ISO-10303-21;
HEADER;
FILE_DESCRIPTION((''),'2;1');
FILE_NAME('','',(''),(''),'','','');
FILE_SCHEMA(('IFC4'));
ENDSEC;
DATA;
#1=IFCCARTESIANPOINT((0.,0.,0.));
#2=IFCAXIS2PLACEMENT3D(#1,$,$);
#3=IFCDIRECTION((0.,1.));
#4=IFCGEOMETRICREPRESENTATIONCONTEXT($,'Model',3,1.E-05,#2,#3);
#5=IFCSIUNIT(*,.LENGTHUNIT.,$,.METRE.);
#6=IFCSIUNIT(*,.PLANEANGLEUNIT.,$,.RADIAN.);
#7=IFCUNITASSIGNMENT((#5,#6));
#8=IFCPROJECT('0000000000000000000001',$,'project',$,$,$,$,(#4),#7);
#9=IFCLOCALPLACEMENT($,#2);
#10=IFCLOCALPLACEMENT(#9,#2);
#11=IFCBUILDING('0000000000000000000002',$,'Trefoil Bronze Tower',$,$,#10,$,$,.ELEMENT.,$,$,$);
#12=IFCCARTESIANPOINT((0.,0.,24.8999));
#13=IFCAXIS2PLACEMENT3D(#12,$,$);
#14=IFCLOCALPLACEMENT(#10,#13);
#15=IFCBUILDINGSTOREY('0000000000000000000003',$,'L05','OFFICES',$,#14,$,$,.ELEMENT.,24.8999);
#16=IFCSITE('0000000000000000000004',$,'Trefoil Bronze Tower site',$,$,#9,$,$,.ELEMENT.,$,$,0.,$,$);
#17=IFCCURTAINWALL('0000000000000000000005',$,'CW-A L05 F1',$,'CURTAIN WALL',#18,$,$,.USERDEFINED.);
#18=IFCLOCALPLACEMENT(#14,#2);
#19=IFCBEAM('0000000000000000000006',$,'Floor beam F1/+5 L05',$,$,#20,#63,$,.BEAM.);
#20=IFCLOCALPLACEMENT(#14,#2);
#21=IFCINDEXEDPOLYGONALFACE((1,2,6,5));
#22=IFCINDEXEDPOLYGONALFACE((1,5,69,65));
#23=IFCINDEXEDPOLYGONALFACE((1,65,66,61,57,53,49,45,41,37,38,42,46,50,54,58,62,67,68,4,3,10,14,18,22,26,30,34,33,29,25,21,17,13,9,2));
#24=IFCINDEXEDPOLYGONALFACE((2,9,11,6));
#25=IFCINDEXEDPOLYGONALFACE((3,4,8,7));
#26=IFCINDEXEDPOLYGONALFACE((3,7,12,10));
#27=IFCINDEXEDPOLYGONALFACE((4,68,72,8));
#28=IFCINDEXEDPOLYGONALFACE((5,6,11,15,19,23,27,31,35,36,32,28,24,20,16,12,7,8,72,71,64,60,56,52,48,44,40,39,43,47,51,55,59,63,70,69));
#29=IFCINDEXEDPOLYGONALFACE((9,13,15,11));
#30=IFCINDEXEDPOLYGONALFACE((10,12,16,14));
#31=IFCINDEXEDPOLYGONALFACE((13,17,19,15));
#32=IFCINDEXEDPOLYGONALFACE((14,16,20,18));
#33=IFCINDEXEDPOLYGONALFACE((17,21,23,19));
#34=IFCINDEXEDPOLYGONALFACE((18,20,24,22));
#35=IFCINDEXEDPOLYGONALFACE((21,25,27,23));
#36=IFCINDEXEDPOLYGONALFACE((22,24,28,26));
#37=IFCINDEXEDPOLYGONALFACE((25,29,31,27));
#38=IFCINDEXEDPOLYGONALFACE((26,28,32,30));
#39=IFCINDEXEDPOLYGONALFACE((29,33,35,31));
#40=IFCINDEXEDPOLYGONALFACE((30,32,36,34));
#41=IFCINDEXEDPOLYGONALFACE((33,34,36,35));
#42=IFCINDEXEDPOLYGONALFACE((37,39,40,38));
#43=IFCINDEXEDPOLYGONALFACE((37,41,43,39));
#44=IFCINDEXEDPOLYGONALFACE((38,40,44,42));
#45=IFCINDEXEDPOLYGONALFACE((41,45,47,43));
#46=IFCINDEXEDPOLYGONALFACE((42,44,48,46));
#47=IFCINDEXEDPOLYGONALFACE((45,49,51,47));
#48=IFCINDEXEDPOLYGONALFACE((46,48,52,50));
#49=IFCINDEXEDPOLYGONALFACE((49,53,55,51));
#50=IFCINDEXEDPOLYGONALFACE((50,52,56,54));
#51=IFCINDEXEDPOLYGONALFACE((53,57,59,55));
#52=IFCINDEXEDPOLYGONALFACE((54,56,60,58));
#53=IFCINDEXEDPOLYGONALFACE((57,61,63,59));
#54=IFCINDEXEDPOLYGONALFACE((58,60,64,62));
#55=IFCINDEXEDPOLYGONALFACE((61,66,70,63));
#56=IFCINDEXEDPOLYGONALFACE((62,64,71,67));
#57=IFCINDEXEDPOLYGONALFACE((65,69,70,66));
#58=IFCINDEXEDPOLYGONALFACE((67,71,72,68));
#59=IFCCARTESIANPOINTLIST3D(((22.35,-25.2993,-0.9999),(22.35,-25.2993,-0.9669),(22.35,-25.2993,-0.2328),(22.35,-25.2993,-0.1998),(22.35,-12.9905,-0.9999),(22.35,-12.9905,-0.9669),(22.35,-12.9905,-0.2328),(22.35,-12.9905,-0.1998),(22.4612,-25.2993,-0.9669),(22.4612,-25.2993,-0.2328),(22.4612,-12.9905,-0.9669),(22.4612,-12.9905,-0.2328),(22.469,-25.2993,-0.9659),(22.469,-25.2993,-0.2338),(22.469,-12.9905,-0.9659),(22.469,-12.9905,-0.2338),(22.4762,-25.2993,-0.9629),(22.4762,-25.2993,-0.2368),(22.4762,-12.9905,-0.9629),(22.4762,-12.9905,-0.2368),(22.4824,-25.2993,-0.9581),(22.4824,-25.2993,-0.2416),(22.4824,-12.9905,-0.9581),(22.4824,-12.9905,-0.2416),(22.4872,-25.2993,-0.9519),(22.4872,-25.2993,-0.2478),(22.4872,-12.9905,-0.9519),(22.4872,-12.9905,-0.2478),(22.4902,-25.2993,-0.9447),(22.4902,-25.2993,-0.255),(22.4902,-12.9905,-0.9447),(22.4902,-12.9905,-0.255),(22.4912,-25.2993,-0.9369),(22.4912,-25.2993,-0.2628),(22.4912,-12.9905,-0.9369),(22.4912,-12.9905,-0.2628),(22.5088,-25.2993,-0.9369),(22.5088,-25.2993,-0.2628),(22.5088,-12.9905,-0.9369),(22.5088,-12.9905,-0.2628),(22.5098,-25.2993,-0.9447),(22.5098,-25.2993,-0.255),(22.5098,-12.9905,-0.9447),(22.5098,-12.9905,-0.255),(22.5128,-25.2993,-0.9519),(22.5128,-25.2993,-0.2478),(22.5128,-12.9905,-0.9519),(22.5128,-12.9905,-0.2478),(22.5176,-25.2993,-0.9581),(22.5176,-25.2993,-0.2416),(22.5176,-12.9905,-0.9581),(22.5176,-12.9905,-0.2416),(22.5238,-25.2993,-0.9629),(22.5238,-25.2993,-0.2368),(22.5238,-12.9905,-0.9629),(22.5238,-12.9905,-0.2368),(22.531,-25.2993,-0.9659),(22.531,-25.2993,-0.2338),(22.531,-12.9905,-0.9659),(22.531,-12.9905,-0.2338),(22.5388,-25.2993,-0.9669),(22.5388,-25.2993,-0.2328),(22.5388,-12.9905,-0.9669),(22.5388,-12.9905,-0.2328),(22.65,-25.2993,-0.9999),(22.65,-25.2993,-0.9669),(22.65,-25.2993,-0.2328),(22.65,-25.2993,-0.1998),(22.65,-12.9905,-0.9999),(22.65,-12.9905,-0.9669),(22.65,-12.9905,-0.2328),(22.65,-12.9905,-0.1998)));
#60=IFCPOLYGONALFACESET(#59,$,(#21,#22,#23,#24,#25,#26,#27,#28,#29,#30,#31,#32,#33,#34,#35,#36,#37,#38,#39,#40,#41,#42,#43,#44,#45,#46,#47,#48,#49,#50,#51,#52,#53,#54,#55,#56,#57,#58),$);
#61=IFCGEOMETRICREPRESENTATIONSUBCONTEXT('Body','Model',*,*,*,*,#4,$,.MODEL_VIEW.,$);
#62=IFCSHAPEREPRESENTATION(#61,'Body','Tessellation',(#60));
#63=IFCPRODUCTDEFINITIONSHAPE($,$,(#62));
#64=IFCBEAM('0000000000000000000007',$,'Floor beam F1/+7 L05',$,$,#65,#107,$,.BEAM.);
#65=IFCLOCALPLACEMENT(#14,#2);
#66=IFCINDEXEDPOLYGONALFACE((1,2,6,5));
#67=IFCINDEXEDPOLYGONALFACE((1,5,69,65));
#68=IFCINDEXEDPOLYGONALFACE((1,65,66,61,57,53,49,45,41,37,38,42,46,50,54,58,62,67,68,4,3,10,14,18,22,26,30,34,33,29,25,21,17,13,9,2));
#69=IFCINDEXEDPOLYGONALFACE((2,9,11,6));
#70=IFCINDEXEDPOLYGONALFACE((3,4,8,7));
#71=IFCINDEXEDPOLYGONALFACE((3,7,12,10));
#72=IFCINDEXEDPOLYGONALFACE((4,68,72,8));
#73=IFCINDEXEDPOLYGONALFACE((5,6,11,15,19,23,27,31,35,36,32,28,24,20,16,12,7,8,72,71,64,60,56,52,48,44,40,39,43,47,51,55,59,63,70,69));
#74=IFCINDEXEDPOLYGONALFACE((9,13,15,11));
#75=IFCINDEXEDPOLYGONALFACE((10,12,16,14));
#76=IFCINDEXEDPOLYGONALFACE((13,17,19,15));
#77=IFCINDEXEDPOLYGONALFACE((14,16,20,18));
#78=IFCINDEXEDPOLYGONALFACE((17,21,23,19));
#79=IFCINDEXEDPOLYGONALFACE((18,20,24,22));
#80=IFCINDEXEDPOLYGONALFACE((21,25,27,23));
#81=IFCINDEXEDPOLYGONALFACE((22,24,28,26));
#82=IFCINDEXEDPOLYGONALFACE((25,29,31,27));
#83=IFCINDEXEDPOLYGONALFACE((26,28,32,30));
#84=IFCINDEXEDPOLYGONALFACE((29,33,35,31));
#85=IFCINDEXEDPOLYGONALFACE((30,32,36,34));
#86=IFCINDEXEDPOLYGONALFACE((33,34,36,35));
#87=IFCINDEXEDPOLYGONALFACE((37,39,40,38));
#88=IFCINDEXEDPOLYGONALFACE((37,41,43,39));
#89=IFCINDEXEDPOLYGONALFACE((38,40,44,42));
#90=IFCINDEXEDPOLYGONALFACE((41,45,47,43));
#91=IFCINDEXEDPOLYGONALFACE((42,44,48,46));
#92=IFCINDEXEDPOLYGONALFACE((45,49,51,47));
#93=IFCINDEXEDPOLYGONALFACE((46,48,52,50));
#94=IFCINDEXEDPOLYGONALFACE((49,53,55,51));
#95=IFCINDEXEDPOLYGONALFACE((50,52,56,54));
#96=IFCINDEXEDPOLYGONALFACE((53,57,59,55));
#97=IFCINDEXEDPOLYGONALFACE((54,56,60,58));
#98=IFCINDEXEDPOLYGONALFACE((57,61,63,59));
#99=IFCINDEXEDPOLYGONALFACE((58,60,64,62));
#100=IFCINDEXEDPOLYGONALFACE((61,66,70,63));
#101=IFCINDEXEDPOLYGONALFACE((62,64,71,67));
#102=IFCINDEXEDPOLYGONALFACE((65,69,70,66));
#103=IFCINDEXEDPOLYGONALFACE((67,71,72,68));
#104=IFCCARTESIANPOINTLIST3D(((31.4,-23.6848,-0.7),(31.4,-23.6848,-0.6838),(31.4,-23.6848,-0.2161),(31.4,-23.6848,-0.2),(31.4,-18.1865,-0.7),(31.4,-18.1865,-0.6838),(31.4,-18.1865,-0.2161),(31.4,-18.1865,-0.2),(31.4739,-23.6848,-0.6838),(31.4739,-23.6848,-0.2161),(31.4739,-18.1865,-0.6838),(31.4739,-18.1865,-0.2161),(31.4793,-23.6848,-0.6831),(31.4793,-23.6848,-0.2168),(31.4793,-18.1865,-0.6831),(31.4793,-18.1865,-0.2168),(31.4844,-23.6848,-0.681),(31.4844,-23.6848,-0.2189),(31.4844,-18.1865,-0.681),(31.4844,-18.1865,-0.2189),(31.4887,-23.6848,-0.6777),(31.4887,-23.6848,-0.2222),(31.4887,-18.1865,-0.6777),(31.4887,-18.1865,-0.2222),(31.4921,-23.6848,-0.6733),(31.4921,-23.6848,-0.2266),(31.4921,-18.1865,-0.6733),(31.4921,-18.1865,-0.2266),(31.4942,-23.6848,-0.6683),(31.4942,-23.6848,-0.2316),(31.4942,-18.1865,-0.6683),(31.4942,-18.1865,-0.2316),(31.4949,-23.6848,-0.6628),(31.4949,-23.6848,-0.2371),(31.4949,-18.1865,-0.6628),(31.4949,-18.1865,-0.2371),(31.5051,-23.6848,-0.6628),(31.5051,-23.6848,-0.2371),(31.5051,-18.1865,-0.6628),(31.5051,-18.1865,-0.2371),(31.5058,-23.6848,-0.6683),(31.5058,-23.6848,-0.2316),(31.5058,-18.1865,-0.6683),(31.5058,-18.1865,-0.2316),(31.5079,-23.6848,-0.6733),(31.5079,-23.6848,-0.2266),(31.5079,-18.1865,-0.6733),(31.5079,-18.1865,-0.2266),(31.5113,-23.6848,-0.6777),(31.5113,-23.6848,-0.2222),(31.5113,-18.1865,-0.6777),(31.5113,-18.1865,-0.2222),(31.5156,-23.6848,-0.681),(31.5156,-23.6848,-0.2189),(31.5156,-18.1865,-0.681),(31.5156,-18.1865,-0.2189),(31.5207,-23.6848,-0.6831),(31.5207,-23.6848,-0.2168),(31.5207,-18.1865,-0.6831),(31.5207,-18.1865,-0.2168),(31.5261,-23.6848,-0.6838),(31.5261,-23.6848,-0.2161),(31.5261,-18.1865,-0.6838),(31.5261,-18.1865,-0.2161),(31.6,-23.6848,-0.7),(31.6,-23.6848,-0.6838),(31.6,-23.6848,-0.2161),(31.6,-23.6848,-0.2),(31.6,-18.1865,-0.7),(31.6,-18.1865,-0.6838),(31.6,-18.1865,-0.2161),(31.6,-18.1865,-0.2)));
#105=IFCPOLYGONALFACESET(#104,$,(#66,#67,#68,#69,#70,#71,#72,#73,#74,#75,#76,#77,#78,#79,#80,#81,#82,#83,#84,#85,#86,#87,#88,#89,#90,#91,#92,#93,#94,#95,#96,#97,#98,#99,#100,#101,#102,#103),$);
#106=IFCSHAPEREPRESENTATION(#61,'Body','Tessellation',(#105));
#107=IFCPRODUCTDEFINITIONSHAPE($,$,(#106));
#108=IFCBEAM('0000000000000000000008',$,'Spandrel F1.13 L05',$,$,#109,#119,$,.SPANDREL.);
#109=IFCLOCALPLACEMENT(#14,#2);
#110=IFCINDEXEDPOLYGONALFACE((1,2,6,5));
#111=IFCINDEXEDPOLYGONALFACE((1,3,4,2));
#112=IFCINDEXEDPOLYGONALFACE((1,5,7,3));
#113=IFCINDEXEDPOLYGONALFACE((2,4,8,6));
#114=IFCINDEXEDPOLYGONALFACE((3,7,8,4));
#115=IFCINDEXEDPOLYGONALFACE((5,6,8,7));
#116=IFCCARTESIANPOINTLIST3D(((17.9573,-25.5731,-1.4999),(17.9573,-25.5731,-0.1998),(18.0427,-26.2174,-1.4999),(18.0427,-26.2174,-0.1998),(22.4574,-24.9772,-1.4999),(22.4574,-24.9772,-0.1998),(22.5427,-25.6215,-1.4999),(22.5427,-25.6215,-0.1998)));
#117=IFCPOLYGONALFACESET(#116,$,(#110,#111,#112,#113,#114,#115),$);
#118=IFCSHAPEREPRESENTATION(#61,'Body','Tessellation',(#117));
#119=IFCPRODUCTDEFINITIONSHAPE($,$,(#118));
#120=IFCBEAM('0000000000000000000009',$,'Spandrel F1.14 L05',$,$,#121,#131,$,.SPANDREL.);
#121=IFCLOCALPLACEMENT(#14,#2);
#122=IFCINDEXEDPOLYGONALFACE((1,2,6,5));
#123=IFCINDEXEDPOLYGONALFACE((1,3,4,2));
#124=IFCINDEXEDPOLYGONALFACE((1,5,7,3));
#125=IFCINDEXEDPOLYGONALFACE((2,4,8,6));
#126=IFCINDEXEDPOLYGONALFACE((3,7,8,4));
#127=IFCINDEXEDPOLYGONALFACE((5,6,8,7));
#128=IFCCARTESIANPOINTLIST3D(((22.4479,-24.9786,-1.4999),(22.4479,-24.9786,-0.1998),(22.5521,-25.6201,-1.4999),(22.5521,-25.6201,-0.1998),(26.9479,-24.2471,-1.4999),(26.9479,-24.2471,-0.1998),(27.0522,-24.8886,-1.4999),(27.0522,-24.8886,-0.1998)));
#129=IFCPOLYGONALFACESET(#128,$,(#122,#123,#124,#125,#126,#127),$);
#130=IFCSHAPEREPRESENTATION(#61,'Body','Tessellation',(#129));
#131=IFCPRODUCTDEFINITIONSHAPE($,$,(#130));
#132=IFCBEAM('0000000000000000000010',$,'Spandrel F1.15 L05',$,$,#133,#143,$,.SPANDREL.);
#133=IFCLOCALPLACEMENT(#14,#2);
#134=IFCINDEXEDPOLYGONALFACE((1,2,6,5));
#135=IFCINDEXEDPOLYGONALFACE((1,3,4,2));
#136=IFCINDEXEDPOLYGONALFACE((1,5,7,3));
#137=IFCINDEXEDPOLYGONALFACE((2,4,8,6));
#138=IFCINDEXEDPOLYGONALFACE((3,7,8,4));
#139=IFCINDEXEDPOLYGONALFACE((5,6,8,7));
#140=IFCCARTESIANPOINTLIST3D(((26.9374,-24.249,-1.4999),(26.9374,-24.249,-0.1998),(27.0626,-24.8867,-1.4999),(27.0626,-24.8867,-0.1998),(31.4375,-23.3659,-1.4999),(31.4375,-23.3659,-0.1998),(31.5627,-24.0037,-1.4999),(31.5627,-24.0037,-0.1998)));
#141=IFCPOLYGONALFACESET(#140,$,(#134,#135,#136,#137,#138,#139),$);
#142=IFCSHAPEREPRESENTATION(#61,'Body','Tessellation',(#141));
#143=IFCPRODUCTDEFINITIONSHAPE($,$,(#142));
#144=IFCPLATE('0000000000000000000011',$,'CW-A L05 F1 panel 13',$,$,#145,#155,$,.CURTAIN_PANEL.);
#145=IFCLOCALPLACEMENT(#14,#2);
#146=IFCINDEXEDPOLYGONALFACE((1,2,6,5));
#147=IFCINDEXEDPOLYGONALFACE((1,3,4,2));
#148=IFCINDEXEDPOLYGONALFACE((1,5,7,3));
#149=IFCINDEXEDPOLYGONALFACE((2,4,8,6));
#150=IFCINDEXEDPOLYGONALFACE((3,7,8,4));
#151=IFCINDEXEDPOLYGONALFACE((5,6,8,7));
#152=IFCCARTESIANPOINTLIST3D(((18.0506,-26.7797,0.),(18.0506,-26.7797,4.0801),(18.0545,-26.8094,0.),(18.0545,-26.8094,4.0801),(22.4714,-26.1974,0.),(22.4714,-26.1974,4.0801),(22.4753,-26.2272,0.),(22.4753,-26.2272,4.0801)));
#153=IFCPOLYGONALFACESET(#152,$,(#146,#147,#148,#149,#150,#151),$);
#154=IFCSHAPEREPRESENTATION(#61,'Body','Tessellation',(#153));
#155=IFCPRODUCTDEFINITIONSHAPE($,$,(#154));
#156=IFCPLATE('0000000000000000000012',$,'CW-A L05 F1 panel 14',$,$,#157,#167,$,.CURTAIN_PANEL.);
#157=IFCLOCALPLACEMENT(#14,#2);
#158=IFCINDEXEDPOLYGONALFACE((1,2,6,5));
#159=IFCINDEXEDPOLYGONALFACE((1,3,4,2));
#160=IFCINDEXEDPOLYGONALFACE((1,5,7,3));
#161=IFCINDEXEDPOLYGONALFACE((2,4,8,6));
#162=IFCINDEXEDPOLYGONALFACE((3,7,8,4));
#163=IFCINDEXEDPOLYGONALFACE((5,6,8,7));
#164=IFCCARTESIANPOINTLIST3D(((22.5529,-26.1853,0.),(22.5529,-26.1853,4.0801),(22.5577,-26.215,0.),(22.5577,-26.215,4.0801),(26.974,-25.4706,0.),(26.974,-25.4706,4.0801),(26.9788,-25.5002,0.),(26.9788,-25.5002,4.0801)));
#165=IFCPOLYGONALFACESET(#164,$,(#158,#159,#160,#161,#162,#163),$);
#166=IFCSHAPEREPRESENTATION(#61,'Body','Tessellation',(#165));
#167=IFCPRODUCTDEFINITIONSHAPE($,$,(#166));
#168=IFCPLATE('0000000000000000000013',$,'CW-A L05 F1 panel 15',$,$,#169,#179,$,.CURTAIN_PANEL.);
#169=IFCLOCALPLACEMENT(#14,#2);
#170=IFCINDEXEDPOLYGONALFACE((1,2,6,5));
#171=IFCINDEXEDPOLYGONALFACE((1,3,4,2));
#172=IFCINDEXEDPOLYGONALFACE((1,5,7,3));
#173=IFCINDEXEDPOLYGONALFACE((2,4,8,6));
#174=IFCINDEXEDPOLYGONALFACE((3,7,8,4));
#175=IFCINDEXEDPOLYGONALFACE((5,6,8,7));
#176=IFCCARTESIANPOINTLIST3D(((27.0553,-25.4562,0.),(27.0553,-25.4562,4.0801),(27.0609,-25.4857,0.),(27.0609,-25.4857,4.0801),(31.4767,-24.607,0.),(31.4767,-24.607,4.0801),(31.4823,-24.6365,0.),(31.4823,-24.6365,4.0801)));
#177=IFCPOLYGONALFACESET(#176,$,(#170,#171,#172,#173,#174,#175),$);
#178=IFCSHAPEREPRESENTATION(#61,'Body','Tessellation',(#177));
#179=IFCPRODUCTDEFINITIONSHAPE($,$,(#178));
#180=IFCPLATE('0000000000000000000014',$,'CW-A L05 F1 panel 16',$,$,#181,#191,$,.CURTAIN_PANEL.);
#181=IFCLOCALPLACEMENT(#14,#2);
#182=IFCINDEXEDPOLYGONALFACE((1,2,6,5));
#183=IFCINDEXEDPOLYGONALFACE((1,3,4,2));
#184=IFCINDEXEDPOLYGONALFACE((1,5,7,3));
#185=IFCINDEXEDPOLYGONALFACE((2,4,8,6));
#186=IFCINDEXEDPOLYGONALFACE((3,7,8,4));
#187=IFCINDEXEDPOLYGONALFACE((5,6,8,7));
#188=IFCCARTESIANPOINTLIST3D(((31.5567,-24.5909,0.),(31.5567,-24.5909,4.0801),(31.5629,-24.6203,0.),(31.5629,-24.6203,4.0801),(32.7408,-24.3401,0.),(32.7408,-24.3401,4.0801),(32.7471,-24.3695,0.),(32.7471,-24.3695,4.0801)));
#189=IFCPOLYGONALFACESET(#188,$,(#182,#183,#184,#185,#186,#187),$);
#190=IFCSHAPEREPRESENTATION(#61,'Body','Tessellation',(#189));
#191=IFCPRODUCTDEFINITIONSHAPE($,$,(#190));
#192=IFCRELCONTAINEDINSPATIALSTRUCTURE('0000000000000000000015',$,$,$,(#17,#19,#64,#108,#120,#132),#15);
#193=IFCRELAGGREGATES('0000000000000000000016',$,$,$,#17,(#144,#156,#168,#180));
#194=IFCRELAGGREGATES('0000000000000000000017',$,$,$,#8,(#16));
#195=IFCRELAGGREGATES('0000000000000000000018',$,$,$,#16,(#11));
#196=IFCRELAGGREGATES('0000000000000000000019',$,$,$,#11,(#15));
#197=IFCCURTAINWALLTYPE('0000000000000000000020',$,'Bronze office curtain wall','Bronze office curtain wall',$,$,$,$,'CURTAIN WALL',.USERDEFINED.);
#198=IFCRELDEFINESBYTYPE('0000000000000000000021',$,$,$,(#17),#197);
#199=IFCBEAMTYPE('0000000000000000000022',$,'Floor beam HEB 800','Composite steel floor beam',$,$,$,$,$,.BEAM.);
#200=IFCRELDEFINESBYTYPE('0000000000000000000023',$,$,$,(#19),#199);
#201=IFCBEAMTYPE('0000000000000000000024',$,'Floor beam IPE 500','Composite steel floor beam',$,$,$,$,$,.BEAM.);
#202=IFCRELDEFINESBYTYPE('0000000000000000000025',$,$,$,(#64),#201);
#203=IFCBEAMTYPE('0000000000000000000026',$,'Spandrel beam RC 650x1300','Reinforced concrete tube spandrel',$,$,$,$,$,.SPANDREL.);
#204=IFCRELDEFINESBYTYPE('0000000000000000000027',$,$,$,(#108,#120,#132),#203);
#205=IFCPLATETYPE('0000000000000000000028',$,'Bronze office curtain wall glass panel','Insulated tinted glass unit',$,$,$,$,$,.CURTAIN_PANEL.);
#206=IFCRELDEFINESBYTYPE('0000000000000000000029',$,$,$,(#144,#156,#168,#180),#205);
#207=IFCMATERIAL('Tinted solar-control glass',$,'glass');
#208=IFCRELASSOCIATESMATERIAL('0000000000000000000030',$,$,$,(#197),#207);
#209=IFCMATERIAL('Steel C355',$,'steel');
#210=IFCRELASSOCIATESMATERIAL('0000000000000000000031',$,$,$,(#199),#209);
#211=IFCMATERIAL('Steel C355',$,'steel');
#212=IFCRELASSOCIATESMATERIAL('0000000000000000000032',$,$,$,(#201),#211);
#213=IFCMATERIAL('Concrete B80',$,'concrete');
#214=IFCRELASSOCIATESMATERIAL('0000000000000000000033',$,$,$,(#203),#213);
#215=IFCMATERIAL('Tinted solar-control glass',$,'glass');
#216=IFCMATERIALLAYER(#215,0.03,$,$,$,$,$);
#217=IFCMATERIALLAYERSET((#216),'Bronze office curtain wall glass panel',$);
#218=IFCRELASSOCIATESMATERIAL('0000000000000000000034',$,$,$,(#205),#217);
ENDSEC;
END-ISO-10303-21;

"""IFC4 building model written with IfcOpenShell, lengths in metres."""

from ifc_helpers import new_model, si_unit, direction, frame, origin, origin_2d, place, context, subcontext, project, spatial, rectangle, i_section, extrude, material, layer, layer_set, material_profile, profile_set, type_object, element, aggregate, save


model = new_model("IFC4")

# Units and contexts
model_context = context("Model", 3, precision=1e-05, world=origin(), true_north=direction((0.0, 1.0)))
body_context = subcontext(model_context, "Body", "Model", "MODEL_VIEW")
ifc_project = project(units=[si_unit("LENGTHUNIT", "METRE"), si_unit("PLANEANGLEUNIT", "RADIAN")], contexts=[model_context])

# Site, building, storey
site_placement = place(None, origin())
site = spatial("IfcSite", under=ifc_project, at=site_placement, Name="Trefoil Bronze Tower site", CompositionType="ELEMENT", RefElevation=0.0)
building_placement = place(site_placement, origin())
building = spatial("IfcBuilding", under=site, at=building_placement, Name="Trefoil Bronze Tower", CompositionType="ELEMENT")
storey_placement = place(building_placement, frame((0.0, 0.0, 24.8999)))
storey = spatial("IfcBuildingStorey", under=building, at=storey_placement, Name="L05", Description="OFFICES", CompositionType="ELEMENT", Elevation=24.8999)

# Curtain wall
ifc_material_1 = material(Name="Tinted solar-control glass", Category="glass")
curtain_wall_type_1 = type_object("IfcCurtainWallType", Name="Bronze office curtain wall", Description="Bronze office curtain wall", ElementType="CURTAIN WALL", PredefinedType="USERDEFINED", material=ifc_material_1)
curtain_wall_1_placement = place(storey_placement, origin())
curtain_wall_1 = element("IfcCurtainWall", 1, at=curtain_wall_1_placement, inside=storey, type_object=curtain_wall_type_1, Name="CW-A L05 F1", ObjectType="CURTAIN WALL", PredefinedType="USERDEFINED")

# Beams
ifc_material_2 = material(Name="Steel C355", Category="steel")
ifc_material_profile_1 = material_profile(ifc_material_2, i_section(OverallWidth=0.3, OverallDepth=0.8, WebThickness=0.0176, FlangeThickness=0.033, FilletRadius=0.03, at=origin_2d()), Name="HEB 800")
ifc_profile_set_1 = profile_set([ifc_material_profile_1], Name="Steel C355")
beam_type_1 = type_object("IfcBeamType", Name="Floor beam HEB 800", Description="Composite steel floor beam", PredefinedType="BEAM", material=ifc_profile_set_1)
beam_1_placement = place(storey_placement, frame((22.5, -25.2993, -0.5999), z_axis=(0.0, 1.0, 0.0), x_axis=(-1.0, 0.0, 0.0)))
element("IfcBeam", 2, at=beam_1_placement, inside=storey, type_object=beam_type_1, Name="Floor beam F1/+5 L05", PredefinedType="BEAM", context=body_context, shape_type="SweptSolid", body=[
    extrude(i_section(OverallWidth=0.3, OverallDepth=0.8, WebThickness=0.0176, FlangeThickness=0.033, FilletRadius=0.03, at=origin_2d()), origin(), (0.0, 0.0, 1.0), 12.3088),
])
ifc_material_3 = material(Name="Steel C355", Category="steel")
ifc_material_profile_2 = material_profile(ifc_material_3, i_section(OverallWidth=0.2, OverallDepth=0.5, WebThickness=0.0103, FlangeThickness=0.0161, FilletRadius=0.021, at=origin_2d()), Name="IPE 500")
ifc_profile_set_2 = profile_set([ifc_material_profile_2], Name="Steel C355")
beam_type_2 = type_object("IfcBeamType", Name="Floor beam IPE 500", Description="Composite steel floor beam", PredefinedType="BEAM", material=ifc_profile_set_2)
beam_2_placement = place(storey_placement, frame((31.5, -23.6848, -0.45), z_axis=(0.0, 1.0, 0.0), x_axis=(-1.0, 0.0, 0.0)))
element("IfcBeam", 3, at=beam_2_placement, inside=storey, type_object=beam_type_2, Name="Floor beam F1/+7 L05", PredefinedType="BEAM", context=body_context, shape_type="SweptSolid", body=[
    extrude(i_section(OverallWidth=0.2, OverallDepth=0.5, WebThickness=0.0103, FlangeThickness=0.0161, FilletRadius=0.021, at=origin_2d()), origin(), (0.0, 0.0, 1.0), 5.4983),
])
ifc_material_4 = material(Name="Concrete B80", Category="concrete")
ifc_material_profile_3 = material_profile(ifc_material_4, rectangle(XDim=0.6499, YDim=1.3, at=origin_2d()), Name="RC 650x1300")
ifc_profile_set_3 = profile_set([ifc_material_profile_3], Name="Concrete B80")
beam_type_3 = type_object("IfcBeamType", Name="Spandrel beam RC 650x1300", Description="Reinforced concrete tube spandrel", PredefinedType="SPANDREL", material=ifc_profile_set_3)
beam_3_placement = place(storey_placement, frame((18.0, -25.8953, -0.8499), z_axis=(0.991344, 0.131286, 0.0), x_axis=(-0.131286, 0.991344, 0.0)))
element("IfcBeam", 4, at=beam_3_placement, inside=storey, type_object=beam_type_3, Name="Spandrel F1.13 L05", PredefinedType="SPANDREL", context=body_context, shape_type="SweptSolid", body=[
    extrude(rectangle(XDim=0.6499, YDim=1.3, at=origin_2d()), origin(), (0.0, 0.0, 1.0), 4.5393),
])
beam_4_placement = place(storey_placement, frame((22.5, -25.2993, -0.8499), z_axis=(0.987046, 0.160438, 0.0), x_axis=(-0.160438, 0.987046, 0.0)))
element("IfcBeam", 5, at=beam_4_placement, inside=storey, type_object=beam_type_3, Name="Spandrel F1.14 L05", PredefinedType="SPANDREL", context=body_context, shape_type="SweptSolid", body=[
    extrude(rectangle(XDim=0.6499, YDim=1.3, at=origin_2d()), origin(), (0.0, 0.0, 1.0), 4.5591),
])
beam_5_placement = place(storey_placement, frame((27.0, -24.5679, -0.8499), z_axis=(0.981285, 0.192562, 0.0), x_axis=(-0.192562, 0.981285, 0.0)))
element("IfcBeam", 6, at=beam_5_placement, inside=storey, type_object=beam_type_3, Name="Spandrel F1.15 L05", PredefinedType="SPANDREL", context=body_context, shape_type="SweptSolid", body=[
    extrude(rectangle(XDim=0.6499, YDim=1.3, at=origin_2d()), origin(), (0.0, 0.0, 1.0), 4.5859),
])

# Plates
ifc_material_5 = material(Name="Tinted solar-control glass", Category="glass")
ifc_layer_1 = layer(ifc_material_5, 0.03)
ifc_layer_set_1 = layer_set([ifc_layer_1], Name="Bronze office curtain wall glass panel")
plate_type_1 = type_object("IfcPlateType", Name="Bronze office curtain wall glass panel", Description="Insulated tinted glass unit", PredefinedType="CURTAIN_PANEL", material=ifc_layer_set_1)
plate_1_placement = place(storey_placement, frame((20.2629, -26.5034, 0.0), z_axis=(0.0, 0.0, 1.0), x_axis=(0.991437, 0.130584, 0.0)))
plate_1 = element("IfcPlate", 7, at=plate_1_placement, type_object=plate_type_1, Name="CW-A L05 F1 panel 13", PredefinedType="CURTAIN_PANEL", context=body_context, shape_type="SweptSolid", body=[
    extrude(rectangle(XDim=4.459, YDim=0.03, at=origin_2d()), origin(), (0.0, 0.0, 1.0), 4.0801),
])
plate_2_placement = place(storey_placement, frame((24.7659, -25.8428, 0.0), z_axis=(0.0, 0.0, 1.0), x_axis=(0.987181, 0.159603, 0.0)))
plate_2 = element("IfcPlate", 8, at=plate_2_placement, type_object=plate_type_1, Name="CW-A L05 F1 panel 14", PredefinedType="CURTAIN_PANEL", context=body_context, shape_type="SweptSolid", body=[
    extrude(rectangle(XDim=4.4785, YDim=0.03, at=origin_2d()), origin(), (0.0, 0.0, 1.0), 4.0801),
])
plate_3_placement = place(storey_placement, frame((29.2688, -25.0464, 0.0), z_axis=(0.0, 0.0, 1.0), x_axis=(0.98205, 0.188622, 0.0)))
plate_3 = element("IfcPlate", 9, at=plate_3_placement, type_object=plate_type_1, Name="CW-A L05 F1 panel 15", PredefinedType="CURTAIN_PANEL", context=body_context, shape_type="SweptSolid", body=[
    extrude(rectangle(XDim=4.5022, YDim=0.03, at=origin_2d()), origin(), (0.0, 0.0, 1.0), 4.0801),
])
plate_4_placement = place(storey_placement, frame((32.1519, -24.4802, 0.0), z_axis=(0.0, 0.0, 1.0), x_axis=(0.978303, 0.207181, 0.0)))
plate_4 = element("IfcPlate", 10, at=plate_4_placement, type_object=plate_type_1, Name="CW-A L05 F1 panel 16", PredefinedType="CURTAIN_PANEL", context=body_context, shape_type="SweptSolid", body=[
    extrude(rectangle(XDim=1.2104, YDim=0.03, at=origin_2d()), origin(), (0.0, 0.0, 1.0), 4.0801),
])
aggregate(curtain_wall_1, [plate_1, plate_2, plate_3, plate_4])

save(model, "model.ifc")
